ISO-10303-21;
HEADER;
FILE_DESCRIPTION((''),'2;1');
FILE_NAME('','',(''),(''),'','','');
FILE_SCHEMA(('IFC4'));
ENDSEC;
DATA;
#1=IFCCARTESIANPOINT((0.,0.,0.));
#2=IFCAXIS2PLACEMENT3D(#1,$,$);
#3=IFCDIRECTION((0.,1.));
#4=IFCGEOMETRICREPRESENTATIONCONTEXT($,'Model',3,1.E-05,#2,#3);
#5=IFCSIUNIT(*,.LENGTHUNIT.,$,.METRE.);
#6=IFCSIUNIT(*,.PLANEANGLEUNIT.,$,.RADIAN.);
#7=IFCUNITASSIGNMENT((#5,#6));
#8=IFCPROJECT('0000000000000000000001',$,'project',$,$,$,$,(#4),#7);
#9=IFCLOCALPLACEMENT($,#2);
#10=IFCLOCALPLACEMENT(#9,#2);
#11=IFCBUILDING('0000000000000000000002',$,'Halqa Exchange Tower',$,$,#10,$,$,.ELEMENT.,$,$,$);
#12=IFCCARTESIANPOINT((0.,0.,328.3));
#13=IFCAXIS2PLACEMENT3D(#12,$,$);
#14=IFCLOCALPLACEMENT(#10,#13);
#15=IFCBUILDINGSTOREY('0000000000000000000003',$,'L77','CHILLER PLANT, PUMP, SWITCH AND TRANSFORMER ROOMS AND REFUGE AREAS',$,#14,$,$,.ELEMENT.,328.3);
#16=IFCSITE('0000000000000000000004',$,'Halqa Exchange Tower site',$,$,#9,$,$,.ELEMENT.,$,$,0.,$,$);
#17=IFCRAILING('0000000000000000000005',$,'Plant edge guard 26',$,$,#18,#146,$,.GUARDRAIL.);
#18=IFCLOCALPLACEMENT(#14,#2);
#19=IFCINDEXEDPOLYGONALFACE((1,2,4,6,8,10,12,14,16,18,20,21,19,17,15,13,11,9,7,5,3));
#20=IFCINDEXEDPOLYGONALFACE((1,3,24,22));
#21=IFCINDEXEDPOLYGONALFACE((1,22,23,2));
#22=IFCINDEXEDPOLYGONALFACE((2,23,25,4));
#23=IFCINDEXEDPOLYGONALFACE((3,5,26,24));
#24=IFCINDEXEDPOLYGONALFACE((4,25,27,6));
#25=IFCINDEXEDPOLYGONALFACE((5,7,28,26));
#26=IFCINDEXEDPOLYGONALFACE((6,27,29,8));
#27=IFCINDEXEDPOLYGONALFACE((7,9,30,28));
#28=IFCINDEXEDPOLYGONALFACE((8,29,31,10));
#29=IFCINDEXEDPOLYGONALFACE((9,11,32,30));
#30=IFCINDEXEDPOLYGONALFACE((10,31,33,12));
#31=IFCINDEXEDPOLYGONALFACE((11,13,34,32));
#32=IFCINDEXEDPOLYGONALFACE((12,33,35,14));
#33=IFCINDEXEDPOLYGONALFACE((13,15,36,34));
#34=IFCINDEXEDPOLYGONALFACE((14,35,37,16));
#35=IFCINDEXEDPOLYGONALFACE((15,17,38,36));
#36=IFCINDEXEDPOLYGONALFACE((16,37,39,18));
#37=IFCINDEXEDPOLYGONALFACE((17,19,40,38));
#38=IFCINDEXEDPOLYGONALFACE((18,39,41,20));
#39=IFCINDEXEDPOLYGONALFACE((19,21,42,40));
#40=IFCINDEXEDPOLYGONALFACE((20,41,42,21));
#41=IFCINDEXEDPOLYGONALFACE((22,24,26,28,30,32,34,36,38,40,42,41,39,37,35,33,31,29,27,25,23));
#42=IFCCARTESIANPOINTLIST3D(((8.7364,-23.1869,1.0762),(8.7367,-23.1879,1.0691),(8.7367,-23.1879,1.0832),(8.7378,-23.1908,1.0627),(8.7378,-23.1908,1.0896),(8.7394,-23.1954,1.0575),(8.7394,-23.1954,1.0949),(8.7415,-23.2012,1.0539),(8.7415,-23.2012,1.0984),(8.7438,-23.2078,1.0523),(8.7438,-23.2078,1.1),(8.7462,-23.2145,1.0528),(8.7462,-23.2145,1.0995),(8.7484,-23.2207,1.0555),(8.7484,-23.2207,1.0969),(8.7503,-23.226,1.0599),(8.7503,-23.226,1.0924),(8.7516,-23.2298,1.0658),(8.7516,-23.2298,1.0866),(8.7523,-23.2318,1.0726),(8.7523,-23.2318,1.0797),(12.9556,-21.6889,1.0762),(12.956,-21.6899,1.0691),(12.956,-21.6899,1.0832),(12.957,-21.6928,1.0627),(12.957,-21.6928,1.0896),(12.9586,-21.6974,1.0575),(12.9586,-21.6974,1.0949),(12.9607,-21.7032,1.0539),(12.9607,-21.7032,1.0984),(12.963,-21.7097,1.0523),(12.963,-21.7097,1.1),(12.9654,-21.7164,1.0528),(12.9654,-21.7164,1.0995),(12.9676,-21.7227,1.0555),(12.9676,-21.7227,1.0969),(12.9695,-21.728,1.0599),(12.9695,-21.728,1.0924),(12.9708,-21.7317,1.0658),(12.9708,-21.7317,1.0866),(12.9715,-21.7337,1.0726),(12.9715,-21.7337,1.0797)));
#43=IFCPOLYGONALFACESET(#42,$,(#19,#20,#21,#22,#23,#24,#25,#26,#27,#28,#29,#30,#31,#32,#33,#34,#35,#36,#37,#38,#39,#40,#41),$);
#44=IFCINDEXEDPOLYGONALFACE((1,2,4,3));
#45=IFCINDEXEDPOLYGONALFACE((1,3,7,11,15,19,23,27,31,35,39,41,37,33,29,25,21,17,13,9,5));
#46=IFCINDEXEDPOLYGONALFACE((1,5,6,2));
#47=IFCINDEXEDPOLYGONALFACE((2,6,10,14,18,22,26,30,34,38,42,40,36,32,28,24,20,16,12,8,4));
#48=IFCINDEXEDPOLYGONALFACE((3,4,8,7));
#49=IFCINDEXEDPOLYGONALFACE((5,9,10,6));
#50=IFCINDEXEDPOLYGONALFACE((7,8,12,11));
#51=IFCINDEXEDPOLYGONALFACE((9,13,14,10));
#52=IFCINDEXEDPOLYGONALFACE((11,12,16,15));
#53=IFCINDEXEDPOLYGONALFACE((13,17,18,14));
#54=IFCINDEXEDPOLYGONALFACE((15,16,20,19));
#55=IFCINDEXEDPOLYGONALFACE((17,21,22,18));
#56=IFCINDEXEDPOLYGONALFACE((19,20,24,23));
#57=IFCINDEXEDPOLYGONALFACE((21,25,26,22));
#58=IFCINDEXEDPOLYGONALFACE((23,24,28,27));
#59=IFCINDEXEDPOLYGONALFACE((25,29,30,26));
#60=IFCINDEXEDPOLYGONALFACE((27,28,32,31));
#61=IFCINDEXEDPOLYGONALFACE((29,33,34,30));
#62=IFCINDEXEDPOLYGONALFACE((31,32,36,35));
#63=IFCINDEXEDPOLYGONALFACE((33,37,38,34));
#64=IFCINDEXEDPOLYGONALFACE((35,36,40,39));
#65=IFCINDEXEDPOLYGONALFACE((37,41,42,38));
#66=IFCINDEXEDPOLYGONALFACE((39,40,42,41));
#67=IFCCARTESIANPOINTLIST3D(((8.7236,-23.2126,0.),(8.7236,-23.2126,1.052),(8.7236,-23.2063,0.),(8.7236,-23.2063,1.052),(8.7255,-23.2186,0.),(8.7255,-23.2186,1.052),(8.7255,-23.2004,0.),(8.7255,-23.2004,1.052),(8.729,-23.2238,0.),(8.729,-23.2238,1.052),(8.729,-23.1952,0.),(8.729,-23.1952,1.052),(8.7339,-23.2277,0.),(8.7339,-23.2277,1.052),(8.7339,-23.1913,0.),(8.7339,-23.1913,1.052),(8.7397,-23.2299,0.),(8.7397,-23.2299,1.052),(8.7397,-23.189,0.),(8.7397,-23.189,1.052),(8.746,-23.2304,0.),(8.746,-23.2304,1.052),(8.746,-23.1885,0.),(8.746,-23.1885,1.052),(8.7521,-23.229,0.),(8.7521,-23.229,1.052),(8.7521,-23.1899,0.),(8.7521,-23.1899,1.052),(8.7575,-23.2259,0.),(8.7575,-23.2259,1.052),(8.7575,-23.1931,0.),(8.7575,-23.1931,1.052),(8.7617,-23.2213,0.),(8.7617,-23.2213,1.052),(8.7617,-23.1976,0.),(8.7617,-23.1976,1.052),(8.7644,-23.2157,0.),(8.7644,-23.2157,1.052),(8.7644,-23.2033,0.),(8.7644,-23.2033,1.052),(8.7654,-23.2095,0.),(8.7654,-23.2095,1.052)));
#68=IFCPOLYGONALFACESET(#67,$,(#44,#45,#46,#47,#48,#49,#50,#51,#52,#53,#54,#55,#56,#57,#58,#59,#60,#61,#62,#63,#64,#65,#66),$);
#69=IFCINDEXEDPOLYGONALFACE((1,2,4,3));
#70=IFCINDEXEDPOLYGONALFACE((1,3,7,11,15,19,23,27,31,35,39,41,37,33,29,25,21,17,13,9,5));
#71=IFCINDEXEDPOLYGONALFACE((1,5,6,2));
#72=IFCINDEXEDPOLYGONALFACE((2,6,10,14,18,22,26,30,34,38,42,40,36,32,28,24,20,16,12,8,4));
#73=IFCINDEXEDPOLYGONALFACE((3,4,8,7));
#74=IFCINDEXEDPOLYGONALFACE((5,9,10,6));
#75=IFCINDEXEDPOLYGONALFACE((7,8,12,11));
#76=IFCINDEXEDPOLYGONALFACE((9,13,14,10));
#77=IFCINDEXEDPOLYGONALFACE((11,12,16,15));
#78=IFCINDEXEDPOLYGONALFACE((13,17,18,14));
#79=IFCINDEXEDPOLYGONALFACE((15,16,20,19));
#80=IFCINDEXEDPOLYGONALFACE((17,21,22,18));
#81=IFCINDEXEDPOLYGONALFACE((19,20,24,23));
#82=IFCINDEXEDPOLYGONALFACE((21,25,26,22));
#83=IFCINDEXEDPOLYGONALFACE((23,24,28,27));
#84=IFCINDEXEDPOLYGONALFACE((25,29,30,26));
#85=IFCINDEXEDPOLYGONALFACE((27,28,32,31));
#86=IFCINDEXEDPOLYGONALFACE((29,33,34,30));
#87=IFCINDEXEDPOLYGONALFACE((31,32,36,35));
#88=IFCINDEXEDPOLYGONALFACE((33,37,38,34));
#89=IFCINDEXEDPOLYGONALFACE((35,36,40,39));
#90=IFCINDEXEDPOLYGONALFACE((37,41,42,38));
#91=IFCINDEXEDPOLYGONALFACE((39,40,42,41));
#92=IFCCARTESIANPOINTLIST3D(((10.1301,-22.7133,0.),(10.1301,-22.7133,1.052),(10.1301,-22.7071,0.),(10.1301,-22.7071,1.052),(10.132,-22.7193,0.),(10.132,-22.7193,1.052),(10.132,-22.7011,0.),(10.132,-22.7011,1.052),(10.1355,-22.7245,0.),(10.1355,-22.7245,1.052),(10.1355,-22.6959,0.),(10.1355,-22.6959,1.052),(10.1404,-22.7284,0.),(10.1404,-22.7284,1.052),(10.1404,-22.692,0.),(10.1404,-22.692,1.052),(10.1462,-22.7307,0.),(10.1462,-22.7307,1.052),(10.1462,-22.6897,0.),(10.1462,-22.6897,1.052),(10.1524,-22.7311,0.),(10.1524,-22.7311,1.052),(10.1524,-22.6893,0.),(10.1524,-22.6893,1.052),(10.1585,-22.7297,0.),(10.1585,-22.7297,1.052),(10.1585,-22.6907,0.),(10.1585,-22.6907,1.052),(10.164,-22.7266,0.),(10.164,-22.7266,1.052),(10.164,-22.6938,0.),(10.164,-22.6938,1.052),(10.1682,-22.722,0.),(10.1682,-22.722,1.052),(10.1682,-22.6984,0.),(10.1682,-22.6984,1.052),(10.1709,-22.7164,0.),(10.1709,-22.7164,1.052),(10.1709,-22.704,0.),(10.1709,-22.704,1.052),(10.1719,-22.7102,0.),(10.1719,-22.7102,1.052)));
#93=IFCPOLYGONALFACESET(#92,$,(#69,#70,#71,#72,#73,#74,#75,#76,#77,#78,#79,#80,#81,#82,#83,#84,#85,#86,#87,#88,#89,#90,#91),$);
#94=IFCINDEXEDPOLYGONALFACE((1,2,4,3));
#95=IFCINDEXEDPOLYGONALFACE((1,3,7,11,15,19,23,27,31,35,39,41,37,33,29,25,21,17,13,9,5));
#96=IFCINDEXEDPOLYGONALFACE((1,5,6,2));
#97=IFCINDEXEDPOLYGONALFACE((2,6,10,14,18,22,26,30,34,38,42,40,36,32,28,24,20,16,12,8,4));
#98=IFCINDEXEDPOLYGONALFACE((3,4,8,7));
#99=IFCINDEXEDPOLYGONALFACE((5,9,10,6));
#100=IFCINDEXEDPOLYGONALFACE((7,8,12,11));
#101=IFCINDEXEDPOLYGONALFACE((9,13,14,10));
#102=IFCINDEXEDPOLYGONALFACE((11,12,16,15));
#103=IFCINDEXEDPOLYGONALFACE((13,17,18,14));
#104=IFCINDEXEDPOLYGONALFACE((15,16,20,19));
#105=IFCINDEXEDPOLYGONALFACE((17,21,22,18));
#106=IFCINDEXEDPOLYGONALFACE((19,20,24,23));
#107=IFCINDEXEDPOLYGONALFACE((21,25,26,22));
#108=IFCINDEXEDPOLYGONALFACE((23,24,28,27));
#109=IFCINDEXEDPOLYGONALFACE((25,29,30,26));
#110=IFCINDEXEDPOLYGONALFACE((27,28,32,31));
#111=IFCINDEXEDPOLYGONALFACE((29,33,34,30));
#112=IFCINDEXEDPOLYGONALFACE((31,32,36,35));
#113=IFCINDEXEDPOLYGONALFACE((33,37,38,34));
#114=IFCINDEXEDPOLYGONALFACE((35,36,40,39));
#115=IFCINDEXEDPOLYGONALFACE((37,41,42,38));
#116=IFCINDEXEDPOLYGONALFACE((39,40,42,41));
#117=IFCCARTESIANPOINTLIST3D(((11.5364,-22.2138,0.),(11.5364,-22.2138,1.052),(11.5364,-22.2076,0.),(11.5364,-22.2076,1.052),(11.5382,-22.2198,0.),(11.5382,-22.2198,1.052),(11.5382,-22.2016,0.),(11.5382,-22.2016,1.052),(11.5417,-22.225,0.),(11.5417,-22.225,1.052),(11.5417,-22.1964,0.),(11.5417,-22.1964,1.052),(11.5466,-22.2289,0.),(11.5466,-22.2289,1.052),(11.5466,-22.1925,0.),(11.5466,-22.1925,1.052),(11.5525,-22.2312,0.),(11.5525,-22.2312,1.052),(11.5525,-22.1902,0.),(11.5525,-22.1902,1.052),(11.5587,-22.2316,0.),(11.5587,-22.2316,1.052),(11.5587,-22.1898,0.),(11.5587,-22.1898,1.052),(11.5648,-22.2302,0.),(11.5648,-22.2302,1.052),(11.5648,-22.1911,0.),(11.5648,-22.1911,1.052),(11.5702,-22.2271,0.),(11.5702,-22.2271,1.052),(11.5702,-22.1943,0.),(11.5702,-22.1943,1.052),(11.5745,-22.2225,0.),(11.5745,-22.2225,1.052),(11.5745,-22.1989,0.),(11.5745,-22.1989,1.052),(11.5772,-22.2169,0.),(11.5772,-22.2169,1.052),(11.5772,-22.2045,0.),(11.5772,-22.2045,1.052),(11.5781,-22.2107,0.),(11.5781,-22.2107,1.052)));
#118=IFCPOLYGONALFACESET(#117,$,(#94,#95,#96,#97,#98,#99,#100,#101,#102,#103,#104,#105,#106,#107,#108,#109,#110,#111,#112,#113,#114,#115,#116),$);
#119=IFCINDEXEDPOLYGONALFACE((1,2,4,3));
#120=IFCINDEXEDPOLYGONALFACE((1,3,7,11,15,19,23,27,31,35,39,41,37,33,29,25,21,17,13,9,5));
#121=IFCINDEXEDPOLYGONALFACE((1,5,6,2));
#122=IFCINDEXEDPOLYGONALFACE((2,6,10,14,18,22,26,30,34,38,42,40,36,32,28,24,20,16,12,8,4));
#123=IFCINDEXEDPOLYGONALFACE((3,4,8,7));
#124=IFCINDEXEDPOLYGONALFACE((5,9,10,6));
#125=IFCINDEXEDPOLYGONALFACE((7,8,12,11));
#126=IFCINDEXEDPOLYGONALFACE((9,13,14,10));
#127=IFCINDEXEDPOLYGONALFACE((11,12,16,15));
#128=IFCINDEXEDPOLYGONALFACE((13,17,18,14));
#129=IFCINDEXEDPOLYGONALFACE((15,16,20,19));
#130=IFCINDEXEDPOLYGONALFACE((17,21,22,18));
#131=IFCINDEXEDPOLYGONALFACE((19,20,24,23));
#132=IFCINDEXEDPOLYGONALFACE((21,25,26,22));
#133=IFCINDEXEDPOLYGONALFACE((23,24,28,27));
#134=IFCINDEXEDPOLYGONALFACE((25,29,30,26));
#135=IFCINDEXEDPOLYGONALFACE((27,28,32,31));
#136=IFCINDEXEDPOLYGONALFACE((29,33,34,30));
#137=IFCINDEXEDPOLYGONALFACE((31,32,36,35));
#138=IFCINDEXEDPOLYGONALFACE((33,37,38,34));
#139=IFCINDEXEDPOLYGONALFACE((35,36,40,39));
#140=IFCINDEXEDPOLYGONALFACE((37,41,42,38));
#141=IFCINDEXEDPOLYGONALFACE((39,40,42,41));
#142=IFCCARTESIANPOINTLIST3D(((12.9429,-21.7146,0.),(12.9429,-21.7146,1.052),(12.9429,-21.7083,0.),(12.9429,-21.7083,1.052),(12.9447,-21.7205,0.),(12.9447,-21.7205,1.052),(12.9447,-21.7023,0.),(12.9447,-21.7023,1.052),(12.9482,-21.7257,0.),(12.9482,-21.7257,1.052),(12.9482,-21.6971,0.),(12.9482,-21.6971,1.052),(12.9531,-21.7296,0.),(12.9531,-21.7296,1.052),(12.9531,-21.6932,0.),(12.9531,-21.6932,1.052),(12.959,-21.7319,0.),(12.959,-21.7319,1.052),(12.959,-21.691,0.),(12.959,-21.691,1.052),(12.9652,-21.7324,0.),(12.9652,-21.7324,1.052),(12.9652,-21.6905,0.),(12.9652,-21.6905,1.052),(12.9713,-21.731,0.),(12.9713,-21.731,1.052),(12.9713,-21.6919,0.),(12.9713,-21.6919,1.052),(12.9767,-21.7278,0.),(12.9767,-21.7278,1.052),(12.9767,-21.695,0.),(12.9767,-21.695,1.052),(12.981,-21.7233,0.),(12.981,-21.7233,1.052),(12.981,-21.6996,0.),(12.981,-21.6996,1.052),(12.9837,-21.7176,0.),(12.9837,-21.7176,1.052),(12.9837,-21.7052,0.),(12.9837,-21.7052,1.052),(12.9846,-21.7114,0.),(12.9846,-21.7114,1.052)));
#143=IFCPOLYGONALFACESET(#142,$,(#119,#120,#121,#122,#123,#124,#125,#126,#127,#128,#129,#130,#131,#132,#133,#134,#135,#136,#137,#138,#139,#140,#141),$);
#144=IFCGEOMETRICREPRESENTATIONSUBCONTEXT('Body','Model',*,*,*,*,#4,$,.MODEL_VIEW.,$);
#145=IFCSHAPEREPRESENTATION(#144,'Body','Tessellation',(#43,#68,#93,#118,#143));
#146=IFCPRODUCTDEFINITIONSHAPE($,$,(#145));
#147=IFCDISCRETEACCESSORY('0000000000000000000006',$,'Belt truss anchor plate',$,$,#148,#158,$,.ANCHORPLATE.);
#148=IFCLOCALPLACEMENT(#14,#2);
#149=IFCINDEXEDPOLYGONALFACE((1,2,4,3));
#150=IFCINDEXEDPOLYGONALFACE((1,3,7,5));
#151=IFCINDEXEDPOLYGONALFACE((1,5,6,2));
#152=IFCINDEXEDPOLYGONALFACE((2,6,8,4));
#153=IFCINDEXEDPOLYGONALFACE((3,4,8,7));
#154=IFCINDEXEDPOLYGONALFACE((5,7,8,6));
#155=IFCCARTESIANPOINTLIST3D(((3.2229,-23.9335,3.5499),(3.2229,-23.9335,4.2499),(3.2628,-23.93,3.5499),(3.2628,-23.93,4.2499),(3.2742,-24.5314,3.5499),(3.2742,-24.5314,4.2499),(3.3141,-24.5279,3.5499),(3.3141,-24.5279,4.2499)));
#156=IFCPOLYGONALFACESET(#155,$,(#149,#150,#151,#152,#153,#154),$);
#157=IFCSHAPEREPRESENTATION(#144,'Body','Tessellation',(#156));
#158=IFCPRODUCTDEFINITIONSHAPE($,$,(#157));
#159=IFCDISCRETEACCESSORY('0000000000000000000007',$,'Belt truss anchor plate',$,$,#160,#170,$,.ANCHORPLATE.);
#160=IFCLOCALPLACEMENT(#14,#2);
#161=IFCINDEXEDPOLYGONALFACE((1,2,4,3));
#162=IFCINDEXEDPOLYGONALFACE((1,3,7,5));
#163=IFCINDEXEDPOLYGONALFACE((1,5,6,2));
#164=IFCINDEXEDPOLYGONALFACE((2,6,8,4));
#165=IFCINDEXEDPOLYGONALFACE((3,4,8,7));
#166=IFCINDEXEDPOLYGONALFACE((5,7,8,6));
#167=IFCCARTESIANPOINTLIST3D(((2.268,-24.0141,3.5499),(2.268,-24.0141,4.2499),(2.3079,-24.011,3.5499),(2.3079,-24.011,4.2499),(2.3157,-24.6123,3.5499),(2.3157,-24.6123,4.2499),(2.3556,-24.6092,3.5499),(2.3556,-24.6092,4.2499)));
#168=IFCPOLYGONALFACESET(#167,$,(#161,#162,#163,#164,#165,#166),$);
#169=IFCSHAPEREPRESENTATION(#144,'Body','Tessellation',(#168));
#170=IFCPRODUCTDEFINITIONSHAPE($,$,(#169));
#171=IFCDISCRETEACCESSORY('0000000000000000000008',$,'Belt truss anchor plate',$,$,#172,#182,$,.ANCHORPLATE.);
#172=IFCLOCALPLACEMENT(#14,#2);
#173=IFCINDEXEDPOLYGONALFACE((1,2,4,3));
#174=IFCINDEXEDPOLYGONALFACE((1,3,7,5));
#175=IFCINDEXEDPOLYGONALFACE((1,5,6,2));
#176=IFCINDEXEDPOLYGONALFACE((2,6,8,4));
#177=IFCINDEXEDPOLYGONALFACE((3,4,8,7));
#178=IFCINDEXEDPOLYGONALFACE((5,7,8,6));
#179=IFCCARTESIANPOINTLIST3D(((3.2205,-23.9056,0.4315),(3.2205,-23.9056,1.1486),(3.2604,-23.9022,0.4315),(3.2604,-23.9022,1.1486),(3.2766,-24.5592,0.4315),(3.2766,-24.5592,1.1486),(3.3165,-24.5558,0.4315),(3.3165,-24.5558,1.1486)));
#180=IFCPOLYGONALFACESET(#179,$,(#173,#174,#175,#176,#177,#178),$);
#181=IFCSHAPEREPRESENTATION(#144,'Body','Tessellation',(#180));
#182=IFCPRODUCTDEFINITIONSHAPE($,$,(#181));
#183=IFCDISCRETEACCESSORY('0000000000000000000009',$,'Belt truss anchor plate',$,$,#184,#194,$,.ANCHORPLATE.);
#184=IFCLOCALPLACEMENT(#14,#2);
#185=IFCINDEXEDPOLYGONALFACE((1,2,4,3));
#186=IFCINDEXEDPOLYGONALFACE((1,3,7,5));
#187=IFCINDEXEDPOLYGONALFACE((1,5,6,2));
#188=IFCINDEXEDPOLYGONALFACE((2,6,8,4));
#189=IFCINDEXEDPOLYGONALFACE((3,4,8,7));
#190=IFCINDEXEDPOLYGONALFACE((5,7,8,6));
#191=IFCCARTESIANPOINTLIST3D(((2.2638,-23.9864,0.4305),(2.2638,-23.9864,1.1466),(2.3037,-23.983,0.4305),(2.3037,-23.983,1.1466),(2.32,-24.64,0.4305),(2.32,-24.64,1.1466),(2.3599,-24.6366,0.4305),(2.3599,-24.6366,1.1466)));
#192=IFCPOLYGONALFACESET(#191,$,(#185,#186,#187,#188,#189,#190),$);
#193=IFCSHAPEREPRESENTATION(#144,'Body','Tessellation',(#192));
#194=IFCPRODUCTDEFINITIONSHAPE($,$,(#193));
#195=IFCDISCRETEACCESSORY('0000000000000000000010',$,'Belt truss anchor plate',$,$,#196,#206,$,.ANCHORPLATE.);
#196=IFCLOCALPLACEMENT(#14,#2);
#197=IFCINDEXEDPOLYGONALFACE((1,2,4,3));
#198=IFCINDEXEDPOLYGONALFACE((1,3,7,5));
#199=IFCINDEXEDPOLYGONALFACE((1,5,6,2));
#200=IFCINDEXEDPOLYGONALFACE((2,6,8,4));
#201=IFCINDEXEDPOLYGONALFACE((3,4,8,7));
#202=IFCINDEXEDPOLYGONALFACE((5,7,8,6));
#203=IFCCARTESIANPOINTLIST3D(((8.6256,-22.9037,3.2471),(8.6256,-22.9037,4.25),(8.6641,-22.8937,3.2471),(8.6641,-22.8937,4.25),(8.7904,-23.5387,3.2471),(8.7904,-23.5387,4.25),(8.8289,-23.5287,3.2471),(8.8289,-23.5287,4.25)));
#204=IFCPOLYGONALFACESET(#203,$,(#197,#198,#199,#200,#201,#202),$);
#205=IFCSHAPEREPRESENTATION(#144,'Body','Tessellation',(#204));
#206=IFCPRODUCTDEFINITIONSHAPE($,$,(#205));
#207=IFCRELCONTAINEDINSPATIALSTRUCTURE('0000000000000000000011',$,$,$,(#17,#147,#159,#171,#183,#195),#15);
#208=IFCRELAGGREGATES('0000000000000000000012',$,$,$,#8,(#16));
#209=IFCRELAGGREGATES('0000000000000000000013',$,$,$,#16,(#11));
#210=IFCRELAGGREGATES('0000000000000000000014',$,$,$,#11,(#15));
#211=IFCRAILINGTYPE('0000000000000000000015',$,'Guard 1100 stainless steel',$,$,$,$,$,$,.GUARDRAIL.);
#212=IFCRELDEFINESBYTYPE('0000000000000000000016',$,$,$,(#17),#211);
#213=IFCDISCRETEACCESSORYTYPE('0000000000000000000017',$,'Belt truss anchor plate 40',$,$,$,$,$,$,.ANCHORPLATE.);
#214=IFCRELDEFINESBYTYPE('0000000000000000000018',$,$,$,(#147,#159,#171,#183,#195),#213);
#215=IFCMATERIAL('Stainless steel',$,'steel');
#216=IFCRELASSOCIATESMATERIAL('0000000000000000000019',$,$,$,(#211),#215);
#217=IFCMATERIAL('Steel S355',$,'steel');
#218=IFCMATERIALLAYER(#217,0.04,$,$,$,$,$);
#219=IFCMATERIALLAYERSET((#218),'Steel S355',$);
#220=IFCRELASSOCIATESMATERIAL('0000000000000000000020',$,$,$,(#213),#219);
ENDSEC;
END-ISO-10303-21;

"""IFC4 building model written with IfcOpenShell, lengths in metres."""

from ifc_helpers import new_model, si_unit, direction, frame, origin, origin_2d, place, context, subcontext, project, spatial, rectangle, circle, extrude, material, layer, layer_set, type_object, element, save


model = new_model("IFC4")

# Units and contexts
model_context = context("Model", 3, precision=1e-05, world=origin(), true_north=direction((0.0, 1.0)))
body_context = subcontext(model_context, "Body", "Model", "MODEL_VIEW")
ifc_project = project(units=[si_unit("LENGTHUNIT", "METRE"), si_unit("PLANEANGLEUNIT", "RADIAN")], contexts=[model_context])

# Site, building, storey
site_placement = place(None, origin())
site = spatial("IfcSite", under=ifc_project, at=site_placement, Name="Halqa Exchange Tower site", CompositionType="ELEMENT", RefElevation=0.0)
building_placement = place(site_placement, origin())
building = spatial("IfcBuilding", under=site, at=building_placement, Name="Halqa Exchange Tower", CompositionType="ELEMENT")
storey_placement = place(building_placement, frame((0.0, 0.0, 328.3)))
storey = spatial("IfcBuildingStorey", under=building, at=storey_placement, Name="L77", Description="CHILLER PLANT, PUMP, SWITCH AND TRANSFORMER ROOMS AND REFUGE AREAS", CompositionType="ELEMENT", Elevation=328.3)

# Shared definitions
ifc_material_1 = material(Name="Steel S355", Category="steel")

# Railing
ifc_material_2 = material(Name="Stainless steel", Category="steel")
railing_type = type_object("IfcRailingType", Name="Guard 1100 stainless steel", PredefinedType="GUARDRAIL", material=ifc_material_2)
railing_1_placement = place(storey_placement, frame((8.7444, -23.2095, 0.0)))
element("IfcRailing", 1, at=railing_1_placement, inside=storey, type_object=railing_type, Name="Plant edge guard 26", PredefinedType="GUARDRAIL", context=body_context, shape_type="SweptSolid", body=[
    extrude(circle(Radius=0.0239, at=origin_2d()), frame((0.0, 0.0, 1.0762), z_axis=(0.942365, 0.334588, 0.0), x_axis=(-0.334588, 0.942365, 0.0)), (0.0, 0.0, 1.0), 4.4773),
    extrude(circle(Radius=0.021, at=origin_2d()), origin(), (0.0, 0.0, 1.0), 1.052),
    extrude(circle(Radius=0.021, at=origin_2d()), frame((1.4065, 0.4993, 0.0)), (0.0, 0.0, 1.0), 1.052),
    extrude(circle(Radius=0.021, at=origin_2d()), frame((2.8127, 0.9988, 0.0)), (0.0, 0.0, 1.0), 1.052),
    extrude(circle(Radius=0.021, at=origin_2d()), frame((4.2192, 1.498, 0.0)), (0.0, 0.0, 1.0), 1.052),
])

# Discrete accessories
ifc_layer_1 = layer(ifc_material_1, 0.04)
ifc_layer_set_1 = layer_set([ifc_layer_1], Name="Steel S355")
discrete_accessory_type = type_object("IfcDiscreteAccessoryType", Name="Belt truss anchor plate 40", PredefinedType="ANCHORPLATE", material=ifc_layer_set_1)
for number, where, z_axis, x_axis, name in (
    (2, (3.2485, -24.2324, 3.8999), (0.996332, 0.085575, 0.0), (-0.085575, 0.996332, 0.0), "Belt truss anchor plate"),
    (3, (2.3318, -24.3101, 3.8999), (-0.996835, -0.079502, 0.0), (0.079502, -0.996835, 0.0), "Belt truss anchor plate"),
):
    element("IfcDiscreteAccessory", number, at=place(storey_placement, frame(where, z_axis=z_axis, x_axis=x_axis)), inside=storey, type_object=discrete_accessory_type, Name=name, PredefinedType="ANCHORPLATE", context=body_context, shape_type="SweptSolid", body=[
        extrude(rectangle(XDim=0.6001, YDim=0.7, at=origin_2d()), origin(), (0.0, 0.0, 1.0), 0.04),
    ])
discrete_accessory_1_placement = place(storey_placement, frame((3.2485, -24.2324, 0.79), z_axis=(0.996332, 0.085575, 0.0), x_axis=(-0.085575, 0.996332, 0.0)))
element("IfcDiscreteAccessory", 4, at=discrete_accessory_1_placement, inside=storey, type_object=discrete_accessory_type, Name="Belt truss anchor plate", PredefinedType="ANCHORPLATE", context=body_context, shape_type="SweptSolid", body=[
    extrude(rectangle(XDim=0.656, YDim=0.717, at=origin_2d()), origin(), (0.0, 0.0, 1.0), 0.04),
])
discrete_accessory_2_placement = place(storey_placement, frame((2.3318, -24.3098, 0.7886), z_axis=(-0.996332, -0.085575, 0.0), x_axis=(0.085575, -0.996332, 0.0)))
element("IfcDiscreteAccessory", 5, at=discrete_accessory_2_placement, inside=storey, type_object=discrete_accessory_type, Name="Belt truss anchor plate", PredefinedType="ANCHORPLATE", context=body_context, shape_type="SweptSolid", body=[
    extrude(rectangle(XDim=0.656, YDim=0.7161, at=origin_2d()), origin(), (0.0, 0.0, 1.0), 0.04),
])
discrete_accessory_3_placement = place(storey_placement, frame((8.708, -23.2212, 3.7485), z_axis=(0.967942, 0.251175, 0.0), x_axis=(-0.251175, 0.967942, 0.0)))
element("IfcDiscreteAccessory", 6, at=discrete_accessory_3_placement, inside=storey, type_object=discrete_accessory_type, Name="Belt truss anchor plate", PredefinedType="ANCHORPLATE", context=body_context, shape_type="SweptSolid", body=[
    extrude(rectangle(XDim=0.656, YDim=1.0029, at=origin_2d()), origin(), (0.0, 0.0, 1.0), 0.0398),
])

save(model, "model.ifc")
